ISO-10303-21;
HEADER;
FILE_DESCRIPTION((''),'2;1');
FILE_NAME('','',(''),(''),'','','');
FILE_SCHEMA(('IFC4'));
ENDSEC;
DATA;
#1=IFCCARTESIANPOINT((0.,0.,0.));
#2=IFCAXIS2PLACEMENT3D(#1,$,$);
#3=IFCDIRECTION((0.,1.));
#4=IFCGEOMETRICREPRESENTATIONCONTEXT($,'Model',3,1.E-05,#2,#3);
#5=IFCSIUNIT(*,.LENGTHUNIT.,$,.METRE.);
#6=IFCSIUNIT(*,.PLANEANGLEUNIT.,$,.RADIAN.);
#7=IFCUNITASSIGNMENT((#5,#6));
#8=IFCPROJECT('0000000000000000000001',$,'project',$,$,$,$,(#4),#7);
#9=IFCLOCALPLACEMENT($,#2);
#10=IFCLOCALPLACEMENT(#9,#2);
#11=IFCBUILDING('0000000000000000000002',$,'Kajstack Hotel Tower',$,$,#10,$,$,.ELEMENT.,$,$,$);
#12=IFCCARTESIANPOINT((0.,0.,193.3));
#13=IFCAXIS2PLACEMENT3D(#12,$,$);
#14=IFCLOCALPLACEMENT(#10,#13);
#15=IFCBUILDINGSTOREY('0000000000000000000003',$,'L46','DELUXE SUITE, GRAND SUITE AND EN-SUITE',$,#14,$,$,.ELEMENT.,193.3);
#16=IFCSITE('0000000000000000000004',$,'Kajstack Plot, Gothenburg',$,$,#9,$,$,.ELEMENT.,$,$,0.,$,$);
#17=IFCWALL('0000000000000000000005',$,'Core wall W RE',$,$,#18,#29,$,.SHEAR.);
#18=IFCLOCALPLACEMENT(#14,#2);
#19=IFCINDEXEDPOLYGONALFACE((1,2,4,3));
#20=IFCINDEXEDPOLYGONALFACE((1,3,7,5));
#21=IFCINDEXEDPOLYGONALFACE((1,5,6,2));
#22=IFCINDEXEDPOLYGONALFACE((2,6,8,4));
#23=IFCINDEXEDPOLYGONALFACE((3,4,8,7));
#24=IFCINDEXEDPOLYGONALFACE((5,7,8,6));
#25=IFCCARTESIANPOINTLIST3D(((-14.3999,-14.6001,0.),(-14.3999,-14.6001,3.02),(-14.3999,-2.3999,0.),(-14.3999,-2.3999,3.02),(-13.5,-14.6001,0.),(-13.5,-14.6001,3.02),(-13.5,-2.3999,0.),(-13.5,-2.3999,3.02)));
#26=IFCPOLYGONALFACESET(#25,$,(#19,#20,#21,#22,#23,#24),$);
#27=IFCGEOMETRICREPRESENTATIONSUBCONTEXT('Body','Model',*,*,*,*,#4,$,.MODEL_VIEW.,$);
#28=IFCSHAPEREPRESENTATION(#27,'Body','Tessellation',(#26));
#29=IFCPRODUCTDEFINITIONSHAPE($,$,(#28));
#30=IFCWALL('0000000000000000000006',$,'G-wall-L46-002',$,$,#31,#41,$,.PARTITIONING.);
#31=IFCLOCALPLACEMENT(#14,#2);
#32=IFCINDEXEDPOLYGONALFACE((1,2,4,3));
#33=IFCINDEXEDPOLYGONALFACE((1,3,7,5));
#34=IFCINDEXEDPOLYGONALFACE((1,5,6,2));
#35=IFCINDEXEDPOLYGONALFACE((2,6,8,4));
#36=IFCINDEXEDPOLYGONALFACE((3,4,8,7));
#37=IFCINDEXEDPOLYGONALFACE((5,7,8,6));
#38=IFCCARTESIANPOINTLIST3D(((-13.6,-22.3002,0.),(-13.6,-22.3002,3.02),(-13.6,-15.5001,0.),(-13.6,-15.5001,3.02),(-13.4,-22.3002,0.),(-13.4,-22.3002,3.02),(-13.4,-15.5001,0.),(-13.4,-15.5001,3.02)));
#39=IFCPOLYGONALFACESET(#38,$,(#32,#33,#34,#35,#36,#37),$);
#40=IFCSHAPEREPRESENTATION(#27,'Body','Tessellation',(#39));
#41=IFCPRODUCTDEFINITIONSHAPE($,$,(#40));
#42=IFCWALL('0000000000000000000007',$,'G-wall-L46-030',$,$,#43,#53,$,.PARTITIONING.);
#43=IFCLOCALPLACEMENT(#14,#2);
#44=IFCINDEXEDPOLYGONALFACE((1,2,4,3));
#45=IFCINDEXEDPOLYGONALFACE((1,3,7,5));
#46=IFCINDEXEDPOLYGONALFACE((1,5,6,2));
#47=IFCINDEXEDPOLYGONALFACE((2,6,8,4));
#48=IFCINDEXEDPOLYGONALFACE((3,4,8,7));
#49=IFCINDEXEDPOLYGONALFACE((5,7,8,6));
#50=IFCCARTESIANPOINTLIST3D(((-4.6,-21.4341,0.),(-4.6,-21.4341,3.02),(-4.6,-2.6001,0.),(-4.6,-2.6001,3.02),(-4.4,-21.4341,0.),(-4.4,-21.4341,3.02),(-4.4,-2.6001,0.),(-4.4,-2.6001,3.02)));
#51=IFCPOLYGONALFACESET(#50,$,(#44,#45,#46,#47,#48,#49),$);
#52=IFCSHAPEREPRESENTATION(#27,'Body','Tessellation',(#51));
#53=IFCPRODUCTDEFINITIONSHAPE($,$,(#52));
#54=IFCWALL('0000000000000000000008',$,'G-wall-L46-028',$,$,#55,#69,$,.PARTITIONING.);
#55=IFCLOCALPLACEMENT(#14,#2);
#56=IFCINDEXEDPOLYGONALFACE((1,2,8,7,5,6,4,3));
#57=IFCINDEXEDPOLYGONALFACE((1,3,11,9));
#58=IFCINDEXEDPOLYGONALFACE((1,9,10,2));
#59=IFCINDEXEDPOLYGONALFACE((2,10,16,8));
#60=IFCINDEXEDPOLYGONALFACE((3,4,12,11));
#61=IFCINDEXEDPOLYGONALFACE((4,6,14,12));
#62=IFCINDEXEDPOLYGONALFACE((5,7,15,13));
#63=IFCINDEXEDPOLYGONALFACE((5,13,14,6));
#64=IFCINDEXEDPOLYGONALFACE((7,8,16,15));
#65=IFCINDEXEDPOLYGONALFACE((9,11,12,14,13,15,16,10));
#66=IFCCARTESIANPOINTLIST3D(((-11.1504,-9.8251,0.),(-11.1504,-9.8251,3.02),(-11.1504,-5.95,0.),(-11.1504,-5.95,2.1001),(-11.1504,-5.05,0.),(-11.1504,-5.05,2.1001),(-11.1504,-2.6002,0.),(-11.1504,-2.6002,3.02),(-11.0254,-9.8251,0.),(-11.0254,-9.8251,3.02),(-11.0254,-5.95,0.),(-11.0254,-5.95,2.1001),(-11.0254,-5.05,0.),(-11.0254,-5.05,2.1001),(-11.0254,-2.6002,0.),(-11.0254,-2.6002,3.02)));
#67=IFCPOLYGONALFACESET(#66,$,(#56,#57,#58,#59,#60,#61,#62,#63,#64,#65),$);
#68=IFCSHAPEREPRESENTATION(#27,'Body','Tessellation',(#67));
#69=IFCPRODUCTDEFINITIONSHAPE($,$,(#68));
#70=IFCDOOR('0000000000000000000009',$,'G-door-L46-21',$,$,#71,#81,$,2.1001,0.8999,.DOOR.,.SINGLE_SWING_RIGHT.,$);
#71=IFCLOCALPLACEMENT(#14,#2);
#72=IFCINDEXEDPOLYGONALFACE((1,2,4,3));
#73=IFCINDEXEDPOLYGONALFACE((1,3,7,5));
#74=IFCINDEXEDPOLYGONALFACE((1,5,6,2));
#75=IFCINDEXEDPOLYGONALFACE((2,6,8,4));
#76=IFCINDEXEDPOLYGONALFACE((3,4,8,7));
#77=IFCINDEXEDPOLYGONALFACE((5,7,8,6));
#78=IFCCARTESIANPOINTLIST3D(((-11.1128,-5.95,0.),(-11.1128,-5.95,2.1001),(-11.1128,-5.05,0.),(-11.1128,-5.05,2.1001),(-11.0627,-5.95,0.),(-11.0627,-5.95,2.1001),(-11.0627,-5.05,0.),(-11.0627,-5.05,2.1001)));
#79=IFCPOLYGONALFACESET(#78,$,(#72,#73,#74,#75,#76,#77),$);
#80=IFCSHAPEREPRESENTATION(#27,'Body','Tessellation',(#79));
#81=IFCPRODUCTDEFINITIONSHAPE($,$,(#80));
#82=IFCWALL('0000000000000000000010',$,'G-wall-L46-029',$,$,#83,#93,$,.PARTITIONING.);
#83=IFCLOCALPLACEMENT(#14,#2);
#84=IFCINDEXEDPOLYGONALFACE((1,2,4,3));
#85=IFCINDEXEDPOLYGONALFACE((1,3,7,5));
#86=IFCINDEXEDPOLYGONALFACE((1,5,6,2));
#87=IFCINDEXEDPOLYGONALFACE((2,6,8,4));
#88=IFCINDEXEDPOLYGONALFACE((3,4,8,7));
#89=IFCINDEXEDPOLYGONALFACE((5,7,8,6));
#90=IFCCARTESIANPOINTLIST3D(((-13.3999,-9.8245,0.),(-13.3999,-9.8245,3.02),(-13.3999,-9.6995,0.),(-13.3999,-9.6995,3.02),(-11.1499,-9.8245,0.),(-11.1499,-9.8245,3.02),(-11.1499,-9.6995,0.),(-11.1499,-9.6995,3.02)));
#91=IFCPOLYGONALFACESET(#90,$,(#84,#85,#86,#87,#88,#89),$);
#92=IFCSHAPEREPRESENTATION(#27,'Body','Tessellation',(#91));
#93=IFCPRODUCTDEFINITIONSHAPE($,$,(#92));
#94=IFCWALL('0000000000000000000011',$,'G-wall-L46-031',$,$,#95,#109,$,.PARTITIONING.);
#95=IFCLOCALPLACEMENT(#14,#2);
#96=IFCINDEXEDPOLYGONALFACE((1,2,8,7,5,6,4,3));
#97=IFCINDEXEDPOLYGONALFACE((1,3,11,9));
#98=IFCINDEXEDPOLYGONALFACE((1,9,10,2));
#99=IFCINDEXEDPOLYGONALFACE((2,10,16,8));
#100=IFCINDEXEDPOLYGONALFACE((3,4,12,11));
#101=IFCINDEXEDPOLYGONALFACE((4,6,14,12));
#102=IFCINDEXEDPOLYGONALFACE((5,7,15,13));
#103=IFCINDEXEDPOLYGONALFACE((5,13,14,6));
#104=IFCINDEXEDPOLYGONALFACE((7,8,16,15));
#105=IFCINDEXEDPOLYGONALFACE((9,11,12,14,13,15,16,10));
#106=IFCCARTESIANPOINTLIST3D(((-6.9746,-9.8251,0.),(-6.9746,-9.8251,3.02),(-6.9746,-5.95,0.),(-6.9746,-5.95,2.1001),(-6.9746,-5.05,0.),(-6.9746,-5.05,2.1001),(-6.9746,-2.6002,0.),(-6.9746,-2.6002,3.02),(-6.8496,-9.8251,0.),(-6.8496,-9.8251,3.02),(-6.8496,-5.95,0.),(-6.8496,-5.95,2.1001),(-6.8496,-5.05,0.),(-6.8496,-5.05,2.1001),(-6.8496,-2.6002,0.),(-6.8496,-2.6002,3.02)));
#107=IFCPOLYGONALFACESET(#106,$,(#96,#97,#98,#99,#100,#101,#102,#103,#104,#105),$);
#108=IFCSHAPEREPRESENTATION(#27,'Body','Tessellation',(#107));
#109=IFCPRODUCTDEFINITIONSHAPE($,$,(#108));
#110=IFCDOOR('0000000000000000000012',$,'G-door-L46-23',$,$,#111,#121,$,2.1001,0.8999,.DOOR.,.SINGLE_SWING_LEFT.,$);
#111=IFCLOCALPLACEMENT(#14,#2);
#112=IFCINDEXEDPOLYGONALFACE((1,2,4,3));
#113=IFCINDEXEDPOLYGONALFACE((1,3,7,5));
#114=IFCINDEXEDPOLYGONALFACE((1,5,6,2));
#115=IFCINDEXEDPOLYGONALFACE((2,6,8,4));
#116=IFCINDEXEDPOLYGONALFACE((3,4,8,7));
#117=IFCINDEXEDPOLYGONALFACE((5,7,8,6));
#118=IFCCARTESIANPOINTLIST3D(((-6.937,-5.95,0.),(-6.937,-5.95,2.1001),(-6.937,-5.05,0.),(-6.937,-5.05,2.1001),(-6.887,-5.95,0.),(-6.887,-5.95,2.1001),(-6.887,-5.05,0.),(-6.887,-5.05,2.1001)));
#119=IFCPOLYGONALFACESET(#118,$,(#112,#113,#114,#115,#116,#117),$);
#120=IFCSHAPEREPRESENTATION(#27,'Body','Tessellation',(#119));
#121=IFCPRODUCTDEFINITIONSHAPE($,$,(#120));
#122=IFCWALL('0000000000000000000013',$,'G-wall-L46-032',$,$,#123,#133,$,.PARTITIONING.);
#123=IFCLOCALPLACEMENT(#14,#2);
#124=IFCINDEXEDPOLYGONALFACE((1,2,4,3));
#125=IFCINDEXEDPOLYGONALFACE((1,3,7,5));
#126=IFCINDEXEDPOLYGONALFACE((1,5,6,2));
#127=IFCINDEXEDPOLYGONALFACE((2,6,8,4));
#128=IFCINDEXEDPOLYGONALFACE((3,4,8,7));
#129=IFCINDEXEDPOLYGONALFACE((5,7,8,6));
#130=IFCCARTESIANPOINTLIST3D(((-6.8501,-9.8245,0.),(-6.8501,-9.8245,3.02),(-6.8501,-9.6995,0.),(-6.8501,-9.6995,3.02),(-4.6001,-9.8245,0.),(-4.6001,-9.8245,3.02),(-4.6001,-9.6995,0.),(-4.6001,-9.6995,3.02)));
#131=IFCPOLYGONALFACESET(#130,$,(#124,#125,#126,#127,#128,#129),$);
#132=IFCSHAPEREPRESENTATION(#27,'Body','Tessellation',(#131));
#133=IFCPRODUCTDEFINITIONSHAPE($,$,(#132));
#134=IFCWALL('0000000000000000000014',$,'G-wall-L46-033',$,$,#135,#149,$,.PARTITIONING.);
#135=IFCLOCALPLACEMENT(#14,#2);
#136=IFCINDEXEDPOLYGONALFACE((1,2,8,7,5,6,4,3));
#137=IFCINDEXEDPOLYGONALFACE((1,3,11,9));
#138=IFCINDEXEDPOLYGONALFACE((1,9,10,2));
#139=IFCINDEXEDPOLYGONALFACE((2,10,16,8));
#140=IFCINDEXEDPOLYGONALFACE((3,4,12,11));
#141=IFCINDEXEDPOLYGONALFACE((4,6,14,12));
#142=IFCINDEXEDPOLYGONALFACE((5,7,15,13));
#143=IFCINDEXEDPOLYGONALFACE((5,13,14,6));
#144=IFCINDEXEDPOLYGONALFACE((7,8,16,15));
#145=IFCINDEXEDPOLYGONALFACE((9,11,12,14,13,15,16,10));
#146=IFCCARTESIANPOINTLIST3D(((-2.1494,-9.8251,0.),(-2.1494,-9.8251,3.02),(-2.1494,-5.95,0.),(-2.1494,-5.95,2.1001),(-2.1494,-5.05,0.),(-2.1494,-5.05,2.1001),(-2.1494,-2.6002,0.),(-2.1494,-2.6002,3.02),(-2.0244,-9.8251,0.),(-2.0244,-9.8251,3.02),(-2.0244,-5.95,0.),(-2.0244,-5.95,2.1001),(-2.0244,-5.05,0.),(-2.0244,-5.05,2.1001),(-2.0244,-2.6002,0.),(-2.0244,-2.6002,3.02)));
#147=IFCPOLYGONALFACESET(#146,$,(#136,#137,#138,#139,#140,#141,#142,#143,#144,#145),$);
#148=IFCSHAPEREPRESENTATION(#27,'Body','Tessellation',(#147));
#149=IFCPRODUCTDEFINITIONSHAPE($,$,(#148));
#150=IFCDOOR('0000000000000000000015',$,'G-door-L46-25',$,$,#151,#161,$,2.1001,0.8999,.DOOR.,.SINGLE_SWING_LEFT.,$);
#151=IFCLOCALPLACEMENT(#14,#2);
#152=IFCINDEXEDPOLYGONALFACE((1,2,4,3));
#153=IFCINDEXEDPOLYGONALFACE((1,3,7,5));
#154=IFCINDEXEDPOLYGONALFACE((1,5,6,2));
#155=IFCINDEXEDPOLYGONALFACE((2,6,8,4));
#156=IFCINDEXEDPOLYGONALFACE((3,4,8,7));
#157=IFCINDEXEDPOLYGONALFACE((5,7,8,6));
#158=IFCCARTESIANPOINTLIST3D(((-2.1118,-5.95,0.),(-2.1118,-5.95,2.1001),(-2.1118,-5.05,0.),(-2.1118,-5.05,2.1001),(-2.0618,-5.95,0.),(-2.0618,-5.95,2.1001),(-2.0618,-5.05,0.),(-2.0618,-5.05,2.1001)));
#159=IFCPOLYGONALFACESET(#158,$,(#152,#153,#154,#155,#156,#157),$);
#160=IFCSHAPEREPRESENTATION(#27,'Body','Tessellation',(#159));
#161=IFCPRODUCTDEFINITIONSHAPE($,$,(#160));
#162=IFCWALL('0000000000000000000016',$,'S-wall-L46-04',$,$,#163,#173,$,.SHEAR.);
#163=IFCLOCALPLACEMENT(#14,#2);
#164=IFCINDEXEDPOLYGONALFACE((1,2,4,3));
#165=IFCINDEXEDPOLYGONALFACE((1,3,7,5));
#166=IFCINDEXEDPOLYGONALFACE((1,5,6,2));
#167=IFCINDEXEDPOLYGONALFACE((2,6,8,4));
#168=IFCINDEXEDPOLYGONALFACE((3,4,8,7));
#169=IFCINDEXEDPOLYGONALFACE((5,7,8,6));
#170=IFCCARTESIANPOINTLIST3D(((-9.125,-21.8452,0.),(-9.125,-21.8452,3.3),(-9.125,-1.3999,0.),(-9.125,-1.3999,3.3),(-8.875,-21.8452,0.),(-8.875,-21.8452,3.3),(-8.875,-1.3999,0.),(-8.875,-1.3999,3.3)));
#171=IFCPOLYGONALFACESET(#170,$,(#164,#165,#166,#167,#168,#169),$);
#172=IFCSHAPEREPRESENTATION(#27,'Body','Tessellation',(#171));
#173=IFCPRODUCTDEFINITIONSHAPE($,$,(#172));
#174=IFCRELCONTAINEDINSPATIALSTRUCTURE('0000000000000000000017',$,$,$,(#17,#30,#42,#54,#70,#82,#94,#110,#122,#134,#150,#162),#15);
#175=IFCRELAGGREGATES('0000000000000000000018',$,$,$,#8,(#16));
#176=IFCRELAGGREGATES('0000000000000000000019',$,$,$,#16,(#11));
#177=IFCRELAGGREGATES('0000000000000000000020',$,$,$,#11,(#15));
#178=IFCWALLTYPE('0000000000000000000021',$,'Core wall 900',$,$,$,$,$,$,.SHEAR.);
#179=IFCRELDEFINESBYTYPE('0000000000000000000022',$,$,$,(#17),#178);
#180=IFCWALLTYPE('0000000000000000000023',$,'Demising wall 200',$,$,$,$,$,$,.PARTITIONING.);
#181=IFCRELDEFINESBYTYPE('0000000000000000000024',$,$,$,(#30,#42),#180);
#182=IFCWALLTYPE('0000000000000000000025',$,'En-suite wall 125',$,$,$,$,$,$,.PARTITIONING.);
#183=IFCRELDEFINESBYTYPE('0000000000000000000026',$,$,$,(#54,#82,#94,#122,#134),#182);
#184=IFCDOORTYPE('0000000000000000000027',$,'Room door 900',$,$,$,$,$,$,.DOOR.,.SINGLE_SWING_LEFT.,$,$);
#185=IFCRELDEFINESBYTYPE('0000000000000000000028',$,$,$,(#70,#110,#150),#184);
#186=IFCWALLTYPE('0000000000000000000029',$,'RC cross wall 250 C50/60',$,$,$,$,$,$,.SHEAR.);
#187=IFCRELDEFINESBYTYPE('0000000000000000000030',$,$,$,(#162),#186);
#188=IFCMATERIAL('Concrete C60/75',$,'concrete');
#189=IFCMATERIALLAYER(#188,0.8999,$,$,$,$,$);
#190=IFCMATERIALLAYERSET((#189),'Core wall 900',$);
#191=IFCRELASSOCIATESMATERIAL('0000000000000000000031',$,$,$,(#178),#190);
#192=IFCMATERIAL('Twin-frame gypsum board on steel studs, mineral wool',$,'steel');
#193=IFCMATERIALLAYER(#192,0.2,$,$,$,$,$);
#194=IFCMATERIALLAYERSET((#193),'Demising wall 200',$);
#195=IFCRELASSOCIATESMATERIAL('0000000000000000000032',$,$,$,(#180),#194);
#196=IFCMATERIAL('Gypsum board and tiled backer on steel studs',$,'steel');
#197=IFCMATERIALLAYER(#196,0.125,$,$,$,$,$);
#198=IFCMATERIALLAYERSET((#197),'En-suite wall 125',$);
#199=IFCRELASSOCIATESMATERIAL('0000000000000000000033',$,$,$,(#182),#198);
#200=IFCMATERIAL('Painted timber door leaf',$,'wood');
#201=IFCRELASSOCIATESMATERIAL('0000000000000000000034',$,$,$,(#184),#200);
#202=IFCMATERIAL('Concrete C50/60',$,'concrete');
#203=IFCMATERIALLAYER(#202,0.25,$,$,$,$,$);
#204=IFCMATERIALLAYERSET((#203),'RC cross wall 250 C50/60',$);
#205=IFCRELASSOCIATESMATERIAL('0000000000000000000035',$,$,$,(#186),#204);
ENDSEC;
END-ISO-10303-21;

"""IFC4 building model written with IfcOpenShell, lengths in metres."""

from ifc_helpers import new_model, si_unit, direction, frame, frame_2d, origin, place, context, subcontext, project, spatial, rectangle, extrude, material, layer, layer_set, type_object, element, fill, save


model = new_model("IFC4")

# Units and contexts
model_context = context("Model", 3, precision=1e-05, world=origin(), true_north=direction((0.0, 1.0)))
body_context = subcontext(model_context, "Body", "Model", "MODEL_VIEW")
ifc_project = project(units=[si_unit("LENGTHUNIT", "METRE"), si_unit("PLANEANGLEUNIT", "RADIAN")], contexts=[model_context])

# Site, building, storey
site_placement = place(None, origin())
site = spatial("IfcSite", under=ifc_project, at=site_placement, Name="Kajstack Plot, Gothenburg", CompositionType="ELEMENT", RefElevation=0.0)
building_placement = place(site_placement, origin())
building = spatial("IfcBuilding", under=site, at=building_placement, Name="Kajstack Hotel Tower", CompositionType="ELEMENT")
storey_placement = place(building_placement, frame((0.0, 0.0, 193.3)))
storey = spatial("IfcBuildingStorey", under=building, at=storey_placement, Name="L46", Description="DELUXE SUITE, GRAND SUITE AND EN-SUITE", CompositionType="ELEMENT", Elevation=193.3)

# Walls
ifc_material_1 = material(Name="Concrete C60/75", Category="concrete")
ifc_layer_1 = layer(ifc_material_1, 0.8999)
ifc_layer_set_1 = layer_set([ifc_layer_1], Name="Core wall 900")
wall_type_1 = type_object("IfcWallType", Name="Core wall 900", PredefinedType="SHEAR", material=ifc_layer_set_1)
wall_1_placement = place(storey_placement, frame((-13.95, -14.6001, 0.0), z_axis=(0.0, 0.0, 1.0), x_axis=(0.0, 1.0, 0.0)))
element("IfcWall", 1, at=wall_1_placement, inside=storey, type_object=wall_type_1, Name="Core wall W RE", PredefinedType="SHEAR", context=body_context, shape_type="SweptSolid", body=[
    extrude(rectangle(XDim=12.2002, YDim=0.8999, at=frame_2d((6.1001, 0.0))), origin(), (0.0, 0.0, 1.0), 3.02),
])
ifc_material_2 = material(Name="Twin-frame gypsum board on steel studs, mineral wool", Category="steel")
ifc_layer_2 = layer(ifc_material_2, 0.2)
ifc_layer_set_2 = layer_set([ifc_layer_2], Name="Demising wall 200")
wall_type_2 = type_object("IfcWallType", Name="Demising wall 200", PredefinedType="PARTITIONING", material=ifc_layer_set_2)
wall_2_placement = place(storey_placement, frame((-13.5, -22.3, 0.0), z_axis=(0.0, 0.0, 1.0), x_axis=(0.0, 1.0, 0.0)))
element("IfcWall", 2, at=wall_2_placement, inside=storey, type_object=wall_type_2, Name="G-wall-L46-002", PredefinedType="PARTITIONING", context=body_context, shape_type="SweptSolid", body=[
    extrude(rectangle(XDim=6.8, YDim=0.2, at=frame_2d((3.3999, 0.0))), origin(), (0.0, 0.0, 1.0), 3.02),
])
wall_3_placement = place(storey_placement, frame((-4.5, -21.4341, 0.0), z_axis=(0.0, 0.0, 1.0), x_axis=(0.0, 1.0, 0.0)))
element("IfcWall", 3, at=wall_3_placement, inside=storey, type_object=wall_type_2, Name="G-wall-L46-030", PredefinedType="PARTITIONING", context=body_context, shape_type="SweptSolid", body=[
    extrude(rectangle(XDim=18.834, YDim=0.2, at=frame_2d((9.417, 0.0))), origin(), (0.0, 0.0, 1.0), 3.02),
])

# Wall, opening, door
ifc_material_3 = material(Name="Gypsum board and tiled backer on steel studs", Category="steel")
ifc_layer_3 = layer(ifc_material_3, 0.125)
ifc_layer_set_3 = layer_set([ifc_layer_3], Name="En-suite wall 125")
wall_type_3 = type_object("IfcWallType", Name="En-suite wall 125", PredefinedType="PARTITIONING", material=ifc_layer_set_3)
wall_4_placement = place(storey_placement, frame((-11.0879, -9.825, 0.0), z_axis=(0.0, 0.0, 1.0), x_axis=(0.0, 1.0, 0.0)))
wall_4 = element("IfcWall", 4, at=wall_4_placement, inside=storey, type_object=wall_type_3, Name="G-wall-L46-028", PredefinedType="PARTITIONING", context=body_context, shape_type="SweptSolid", body=[
    extrude(rectangle(XDim=7.2249, YDim=0.125, at=frame_2d((3.6123, 0.0))), origin(), (0.0, 0.0, 1.0), 3.02),
])
opening_1_placement = place(wall_4_placement, frame((3.875, 0.0, 0.0)))
opening_1 = element("IfcOpeningElement", 5, at=opening_1_placement, cuts=wall_4, PredefinedType="OPENING", context=body_context, shape_type="SweptSolid", body=[
    extrude(rectangle(XDim=0.8999, YDim=2.1001, at=frame_2d((0.45, 1.05))), frame((0.0, 0.0725, 0.0), z_axis=(0.0, -1.0, 0.0), x_axis=(1.0, 0.0, 0.0)), (0.0, 0.0, 1.0), 0.145),
])
ifc_material_4 = material(Name="Painted timber door leaf", Category="wood")
door_type = type_object("IfcDoorType", Name="Room door 900", OperationType="SINGLE_SWING_LEFT", PredefinedType="DOOR", material=ifc_material_4)
door_1_placement = place(opening_1_placement, origin())
door_1 = element("IfcDoor", 6, at=door_1_placement, inside=storey, type_object=door_type, Name="G-door-L46-21", OperationType="SINGLE_SWING_RIGHT", OverallHeight=2.1001, OverallWidth=0.8999, PredefinedType="DOOR", context=body_context, shape_type="SweptSolid", body=[
    extrude(rectangle(XDim=0.8999, YDim=2.1001, at=frame_2d((0.45, 1.05))), frame((0.0, 0.0249, 0.0), z_axis=(0.0, -1.0, 0.0), x_axis=(1.0, 0.0, 0.0)), (0.0, 0.0, 1.0), 0.05),
])
fill(opening_1, door_1)

# Wall
wall_5_placement = place(storey_placement, frame((-13.3999, -9.762, 0.0), z_axis=(0.0, 0.0, 1.0), x_axis=(1.0, 0.0, 0.0)))
element("IfcWall", 7, at=wall_5_placement, inside=storey, type_object=wall_type_3, Name="G-wall-L46-029", PredefinedType="PARTITIONING", context=body_context, shape_type="SweptSolid", body=[
    extrude(rectangle(XDim=2.25, YDim=0.125, at=frame_2d((1.125, 0.0))), origin(), (0.0, 0.0, 1.0), 3.02),
])

# Wall, opening, door
wall_6_placement = place(storey_placement, frame((-6.9121, -9.825, 0.0), z_axis=(0.0, 0.0, 1.0), x_axis=(0.0, 1.0, 0.0)))
wall_6 = element("IfcWall", 8, at=wall_6_placement, inside=storey, type_object=wall_type_3, Name="G-wall-L46-031", PredefinedType="PARTITIONING", context=body_context, shape_type="SweptSolid", body=[
    extrude(rectangle(XDim=7.2249, YDim=0.125, at=frame_2d((3.6123, 0.0))), origin(), (0.0, 0.0, 1.0), 3.02),
])
opening_2_placement = place(wall_6_placement, frame((3.875, 0.0, 0.0)))
opening_2 = element("IfcOpeningElement", 9, at=opening_2_placement, cuts=wall_6, PredefinedType="OPENING", context=body_context, shape_type="SweptSolid", body=[
    extrude(rectangle(XDim=0.8999, YDim=2.1001, at=frame_2d((0.45, 1.05))), frame((0.0, 0.0725, 0.0), z_axis=(0.0, -1.0, 0.0), x_axis=(1.0, 0.0, 0.0)), (0.0, 0.0, 1.0), 0.145),
])
door_2_placement = place(opening_2_placement, origin())
door_2 = element("IfcDoor", 10, at=door_2_placement, inside=storey, type_object=door_type, Name="G-door-L46-23", OperationType="SINGLE_SWING_LEFT", OverallHeight=2.1001, OverallWidth=0.8999, PredefinedType="DOOR", context=body_context, shape_type="SweptSolid", body=[
    extrude(rectangle(XDim=0.8999, YDim=2.1001, at=frame_2d((0.45, 1.05))), frame((0.0, 0.0249, 0.0), z_axis=(0.0, -1.0, 0.0), x_axis=(1.0, 0.0, 0.0)), (0.0, 0.0, 1.0), 0.05),
])
fill(opening_2, door_2)

# Wall
wall_7_placement = place(storey_placement, frame((-6.8501, -9.762, 0.0), z_axis=(0.0, 0.0, 1.0), x_axis=(1.0, 0.0, 0.0)))
element("IfcWall", 11, at=wall_7_placement, inside=storey, type_object=wall_type_3, Name="G-wall-L46-032", PredefinedType="PARTITIONING", context=body_context, shape_type="SweptSolid", body=[
    extrude(rectangle(XDim=2.25, YDim=0.125, at=frame_2d((1.125, 0.0))), origin(), (0.0, 0.0, 1.0), 3.02),
])

# Wall, opening, door
wall_8_placement = place(storey_placement, frame((-2.0869, -9.825, 0.0), z_axis=(0.0, 0.0, 1.0), x_axis=(0.0, 1.0, 0.0)))
wall_8 = element("IfcWall", 12, at=wall_8_placement, inside=storey, type_object=wall_type_3, Name="G-wall-L46-033", PredefinedType="PARTITIONING", context=body_context, shape_type="SweptSolid", body=[
    extrude(rectangle(XDim=7.2249, YDim=0.125, at=frame_2d((3.6123, 0.0))), origin(), (0.0, 0.0, 1.0), 3.02),
])
opening_3_placement = place(wall_8_placement, frame((3.875, 0.0, 0.0)))
opening_3 = element("IfcOpeningElement", 13, at=opening_3_placement, cuts=wall_8, PredefinedType="OPENING", context=body_context, shape_type="SweptSolid", body=[
    extrude(rectangle(XDim=0.8999, YDim=2.1001, at=frame_2d((0.45, 1.05))), frame((0.0, 0.0725, 0.0), z_axis=(0.0, -1.0, 0.0), x_axis=(1.0, 0.0, 0.0)), (0.0, 0.0, 1.0), 0.145),
])
door_3_placement = place(opening_3_placement, origin())
door_3 = element("IfcDoor", 14, at=door_3_placement, inside=storey, type_object=door_type, Name="G-door-L46-25", OperationType="SINGLE_SWING_LEFT", OverallHeight=2.1001, OverallWidth=0.8999, PredefinedType="DOOR", context=body_context, shape_type="SweptSolid", body=[
    extrude(rectangle(XDim=0.8999, YDim=2.1001, at=frame_2d((0.45, 1.05))), frame((0.0, 0.0249, 0.0), z_axis=(0.0, -1.0, 0.0), x_axis=(1.0, 0.0, 0.0)), (0.0, 0.0, 1.0), 0.05),
])
fill(opening_3, door_3)

# Wall
ifc_material_5 = material(Name="Concrete C50/60", Category="concrete")
ifc_layer_4 = layer(ifc_material_5, 0.25)
ifc_layer_set_4 = layer_set([ifc_layer_4], Name="RC cross wall 250 C50/60")
wall_type_4 = type_object("IfcWallType", Name="RC cross wall 250 C50/60", PredefinedType="SHEAR", material=ifc_layer_set_4)
wall_9_placement = place(storey_placement, frame((-9.0, -21.8452, 0.0), z_axis=(0.0, 0.0, 1.0), x_axis=(0.0, 1.0, 0.0)))
element("IfcWall", 15, at=wall_9_placement, inside=storey, type_object=wall_type_4, Name="S-wall-L46-04", PredefinedType="SHEAR", context=body_context, shape_type="SweptSolid", body=[
    extrude(rectangle(XDim=20.4453, YDim=0.25, at=frame_2d((10.2227, 0.0))), origin(), (0.0, 0.0, 1.0), 3.3),
])

save(model, "model.ifc")
